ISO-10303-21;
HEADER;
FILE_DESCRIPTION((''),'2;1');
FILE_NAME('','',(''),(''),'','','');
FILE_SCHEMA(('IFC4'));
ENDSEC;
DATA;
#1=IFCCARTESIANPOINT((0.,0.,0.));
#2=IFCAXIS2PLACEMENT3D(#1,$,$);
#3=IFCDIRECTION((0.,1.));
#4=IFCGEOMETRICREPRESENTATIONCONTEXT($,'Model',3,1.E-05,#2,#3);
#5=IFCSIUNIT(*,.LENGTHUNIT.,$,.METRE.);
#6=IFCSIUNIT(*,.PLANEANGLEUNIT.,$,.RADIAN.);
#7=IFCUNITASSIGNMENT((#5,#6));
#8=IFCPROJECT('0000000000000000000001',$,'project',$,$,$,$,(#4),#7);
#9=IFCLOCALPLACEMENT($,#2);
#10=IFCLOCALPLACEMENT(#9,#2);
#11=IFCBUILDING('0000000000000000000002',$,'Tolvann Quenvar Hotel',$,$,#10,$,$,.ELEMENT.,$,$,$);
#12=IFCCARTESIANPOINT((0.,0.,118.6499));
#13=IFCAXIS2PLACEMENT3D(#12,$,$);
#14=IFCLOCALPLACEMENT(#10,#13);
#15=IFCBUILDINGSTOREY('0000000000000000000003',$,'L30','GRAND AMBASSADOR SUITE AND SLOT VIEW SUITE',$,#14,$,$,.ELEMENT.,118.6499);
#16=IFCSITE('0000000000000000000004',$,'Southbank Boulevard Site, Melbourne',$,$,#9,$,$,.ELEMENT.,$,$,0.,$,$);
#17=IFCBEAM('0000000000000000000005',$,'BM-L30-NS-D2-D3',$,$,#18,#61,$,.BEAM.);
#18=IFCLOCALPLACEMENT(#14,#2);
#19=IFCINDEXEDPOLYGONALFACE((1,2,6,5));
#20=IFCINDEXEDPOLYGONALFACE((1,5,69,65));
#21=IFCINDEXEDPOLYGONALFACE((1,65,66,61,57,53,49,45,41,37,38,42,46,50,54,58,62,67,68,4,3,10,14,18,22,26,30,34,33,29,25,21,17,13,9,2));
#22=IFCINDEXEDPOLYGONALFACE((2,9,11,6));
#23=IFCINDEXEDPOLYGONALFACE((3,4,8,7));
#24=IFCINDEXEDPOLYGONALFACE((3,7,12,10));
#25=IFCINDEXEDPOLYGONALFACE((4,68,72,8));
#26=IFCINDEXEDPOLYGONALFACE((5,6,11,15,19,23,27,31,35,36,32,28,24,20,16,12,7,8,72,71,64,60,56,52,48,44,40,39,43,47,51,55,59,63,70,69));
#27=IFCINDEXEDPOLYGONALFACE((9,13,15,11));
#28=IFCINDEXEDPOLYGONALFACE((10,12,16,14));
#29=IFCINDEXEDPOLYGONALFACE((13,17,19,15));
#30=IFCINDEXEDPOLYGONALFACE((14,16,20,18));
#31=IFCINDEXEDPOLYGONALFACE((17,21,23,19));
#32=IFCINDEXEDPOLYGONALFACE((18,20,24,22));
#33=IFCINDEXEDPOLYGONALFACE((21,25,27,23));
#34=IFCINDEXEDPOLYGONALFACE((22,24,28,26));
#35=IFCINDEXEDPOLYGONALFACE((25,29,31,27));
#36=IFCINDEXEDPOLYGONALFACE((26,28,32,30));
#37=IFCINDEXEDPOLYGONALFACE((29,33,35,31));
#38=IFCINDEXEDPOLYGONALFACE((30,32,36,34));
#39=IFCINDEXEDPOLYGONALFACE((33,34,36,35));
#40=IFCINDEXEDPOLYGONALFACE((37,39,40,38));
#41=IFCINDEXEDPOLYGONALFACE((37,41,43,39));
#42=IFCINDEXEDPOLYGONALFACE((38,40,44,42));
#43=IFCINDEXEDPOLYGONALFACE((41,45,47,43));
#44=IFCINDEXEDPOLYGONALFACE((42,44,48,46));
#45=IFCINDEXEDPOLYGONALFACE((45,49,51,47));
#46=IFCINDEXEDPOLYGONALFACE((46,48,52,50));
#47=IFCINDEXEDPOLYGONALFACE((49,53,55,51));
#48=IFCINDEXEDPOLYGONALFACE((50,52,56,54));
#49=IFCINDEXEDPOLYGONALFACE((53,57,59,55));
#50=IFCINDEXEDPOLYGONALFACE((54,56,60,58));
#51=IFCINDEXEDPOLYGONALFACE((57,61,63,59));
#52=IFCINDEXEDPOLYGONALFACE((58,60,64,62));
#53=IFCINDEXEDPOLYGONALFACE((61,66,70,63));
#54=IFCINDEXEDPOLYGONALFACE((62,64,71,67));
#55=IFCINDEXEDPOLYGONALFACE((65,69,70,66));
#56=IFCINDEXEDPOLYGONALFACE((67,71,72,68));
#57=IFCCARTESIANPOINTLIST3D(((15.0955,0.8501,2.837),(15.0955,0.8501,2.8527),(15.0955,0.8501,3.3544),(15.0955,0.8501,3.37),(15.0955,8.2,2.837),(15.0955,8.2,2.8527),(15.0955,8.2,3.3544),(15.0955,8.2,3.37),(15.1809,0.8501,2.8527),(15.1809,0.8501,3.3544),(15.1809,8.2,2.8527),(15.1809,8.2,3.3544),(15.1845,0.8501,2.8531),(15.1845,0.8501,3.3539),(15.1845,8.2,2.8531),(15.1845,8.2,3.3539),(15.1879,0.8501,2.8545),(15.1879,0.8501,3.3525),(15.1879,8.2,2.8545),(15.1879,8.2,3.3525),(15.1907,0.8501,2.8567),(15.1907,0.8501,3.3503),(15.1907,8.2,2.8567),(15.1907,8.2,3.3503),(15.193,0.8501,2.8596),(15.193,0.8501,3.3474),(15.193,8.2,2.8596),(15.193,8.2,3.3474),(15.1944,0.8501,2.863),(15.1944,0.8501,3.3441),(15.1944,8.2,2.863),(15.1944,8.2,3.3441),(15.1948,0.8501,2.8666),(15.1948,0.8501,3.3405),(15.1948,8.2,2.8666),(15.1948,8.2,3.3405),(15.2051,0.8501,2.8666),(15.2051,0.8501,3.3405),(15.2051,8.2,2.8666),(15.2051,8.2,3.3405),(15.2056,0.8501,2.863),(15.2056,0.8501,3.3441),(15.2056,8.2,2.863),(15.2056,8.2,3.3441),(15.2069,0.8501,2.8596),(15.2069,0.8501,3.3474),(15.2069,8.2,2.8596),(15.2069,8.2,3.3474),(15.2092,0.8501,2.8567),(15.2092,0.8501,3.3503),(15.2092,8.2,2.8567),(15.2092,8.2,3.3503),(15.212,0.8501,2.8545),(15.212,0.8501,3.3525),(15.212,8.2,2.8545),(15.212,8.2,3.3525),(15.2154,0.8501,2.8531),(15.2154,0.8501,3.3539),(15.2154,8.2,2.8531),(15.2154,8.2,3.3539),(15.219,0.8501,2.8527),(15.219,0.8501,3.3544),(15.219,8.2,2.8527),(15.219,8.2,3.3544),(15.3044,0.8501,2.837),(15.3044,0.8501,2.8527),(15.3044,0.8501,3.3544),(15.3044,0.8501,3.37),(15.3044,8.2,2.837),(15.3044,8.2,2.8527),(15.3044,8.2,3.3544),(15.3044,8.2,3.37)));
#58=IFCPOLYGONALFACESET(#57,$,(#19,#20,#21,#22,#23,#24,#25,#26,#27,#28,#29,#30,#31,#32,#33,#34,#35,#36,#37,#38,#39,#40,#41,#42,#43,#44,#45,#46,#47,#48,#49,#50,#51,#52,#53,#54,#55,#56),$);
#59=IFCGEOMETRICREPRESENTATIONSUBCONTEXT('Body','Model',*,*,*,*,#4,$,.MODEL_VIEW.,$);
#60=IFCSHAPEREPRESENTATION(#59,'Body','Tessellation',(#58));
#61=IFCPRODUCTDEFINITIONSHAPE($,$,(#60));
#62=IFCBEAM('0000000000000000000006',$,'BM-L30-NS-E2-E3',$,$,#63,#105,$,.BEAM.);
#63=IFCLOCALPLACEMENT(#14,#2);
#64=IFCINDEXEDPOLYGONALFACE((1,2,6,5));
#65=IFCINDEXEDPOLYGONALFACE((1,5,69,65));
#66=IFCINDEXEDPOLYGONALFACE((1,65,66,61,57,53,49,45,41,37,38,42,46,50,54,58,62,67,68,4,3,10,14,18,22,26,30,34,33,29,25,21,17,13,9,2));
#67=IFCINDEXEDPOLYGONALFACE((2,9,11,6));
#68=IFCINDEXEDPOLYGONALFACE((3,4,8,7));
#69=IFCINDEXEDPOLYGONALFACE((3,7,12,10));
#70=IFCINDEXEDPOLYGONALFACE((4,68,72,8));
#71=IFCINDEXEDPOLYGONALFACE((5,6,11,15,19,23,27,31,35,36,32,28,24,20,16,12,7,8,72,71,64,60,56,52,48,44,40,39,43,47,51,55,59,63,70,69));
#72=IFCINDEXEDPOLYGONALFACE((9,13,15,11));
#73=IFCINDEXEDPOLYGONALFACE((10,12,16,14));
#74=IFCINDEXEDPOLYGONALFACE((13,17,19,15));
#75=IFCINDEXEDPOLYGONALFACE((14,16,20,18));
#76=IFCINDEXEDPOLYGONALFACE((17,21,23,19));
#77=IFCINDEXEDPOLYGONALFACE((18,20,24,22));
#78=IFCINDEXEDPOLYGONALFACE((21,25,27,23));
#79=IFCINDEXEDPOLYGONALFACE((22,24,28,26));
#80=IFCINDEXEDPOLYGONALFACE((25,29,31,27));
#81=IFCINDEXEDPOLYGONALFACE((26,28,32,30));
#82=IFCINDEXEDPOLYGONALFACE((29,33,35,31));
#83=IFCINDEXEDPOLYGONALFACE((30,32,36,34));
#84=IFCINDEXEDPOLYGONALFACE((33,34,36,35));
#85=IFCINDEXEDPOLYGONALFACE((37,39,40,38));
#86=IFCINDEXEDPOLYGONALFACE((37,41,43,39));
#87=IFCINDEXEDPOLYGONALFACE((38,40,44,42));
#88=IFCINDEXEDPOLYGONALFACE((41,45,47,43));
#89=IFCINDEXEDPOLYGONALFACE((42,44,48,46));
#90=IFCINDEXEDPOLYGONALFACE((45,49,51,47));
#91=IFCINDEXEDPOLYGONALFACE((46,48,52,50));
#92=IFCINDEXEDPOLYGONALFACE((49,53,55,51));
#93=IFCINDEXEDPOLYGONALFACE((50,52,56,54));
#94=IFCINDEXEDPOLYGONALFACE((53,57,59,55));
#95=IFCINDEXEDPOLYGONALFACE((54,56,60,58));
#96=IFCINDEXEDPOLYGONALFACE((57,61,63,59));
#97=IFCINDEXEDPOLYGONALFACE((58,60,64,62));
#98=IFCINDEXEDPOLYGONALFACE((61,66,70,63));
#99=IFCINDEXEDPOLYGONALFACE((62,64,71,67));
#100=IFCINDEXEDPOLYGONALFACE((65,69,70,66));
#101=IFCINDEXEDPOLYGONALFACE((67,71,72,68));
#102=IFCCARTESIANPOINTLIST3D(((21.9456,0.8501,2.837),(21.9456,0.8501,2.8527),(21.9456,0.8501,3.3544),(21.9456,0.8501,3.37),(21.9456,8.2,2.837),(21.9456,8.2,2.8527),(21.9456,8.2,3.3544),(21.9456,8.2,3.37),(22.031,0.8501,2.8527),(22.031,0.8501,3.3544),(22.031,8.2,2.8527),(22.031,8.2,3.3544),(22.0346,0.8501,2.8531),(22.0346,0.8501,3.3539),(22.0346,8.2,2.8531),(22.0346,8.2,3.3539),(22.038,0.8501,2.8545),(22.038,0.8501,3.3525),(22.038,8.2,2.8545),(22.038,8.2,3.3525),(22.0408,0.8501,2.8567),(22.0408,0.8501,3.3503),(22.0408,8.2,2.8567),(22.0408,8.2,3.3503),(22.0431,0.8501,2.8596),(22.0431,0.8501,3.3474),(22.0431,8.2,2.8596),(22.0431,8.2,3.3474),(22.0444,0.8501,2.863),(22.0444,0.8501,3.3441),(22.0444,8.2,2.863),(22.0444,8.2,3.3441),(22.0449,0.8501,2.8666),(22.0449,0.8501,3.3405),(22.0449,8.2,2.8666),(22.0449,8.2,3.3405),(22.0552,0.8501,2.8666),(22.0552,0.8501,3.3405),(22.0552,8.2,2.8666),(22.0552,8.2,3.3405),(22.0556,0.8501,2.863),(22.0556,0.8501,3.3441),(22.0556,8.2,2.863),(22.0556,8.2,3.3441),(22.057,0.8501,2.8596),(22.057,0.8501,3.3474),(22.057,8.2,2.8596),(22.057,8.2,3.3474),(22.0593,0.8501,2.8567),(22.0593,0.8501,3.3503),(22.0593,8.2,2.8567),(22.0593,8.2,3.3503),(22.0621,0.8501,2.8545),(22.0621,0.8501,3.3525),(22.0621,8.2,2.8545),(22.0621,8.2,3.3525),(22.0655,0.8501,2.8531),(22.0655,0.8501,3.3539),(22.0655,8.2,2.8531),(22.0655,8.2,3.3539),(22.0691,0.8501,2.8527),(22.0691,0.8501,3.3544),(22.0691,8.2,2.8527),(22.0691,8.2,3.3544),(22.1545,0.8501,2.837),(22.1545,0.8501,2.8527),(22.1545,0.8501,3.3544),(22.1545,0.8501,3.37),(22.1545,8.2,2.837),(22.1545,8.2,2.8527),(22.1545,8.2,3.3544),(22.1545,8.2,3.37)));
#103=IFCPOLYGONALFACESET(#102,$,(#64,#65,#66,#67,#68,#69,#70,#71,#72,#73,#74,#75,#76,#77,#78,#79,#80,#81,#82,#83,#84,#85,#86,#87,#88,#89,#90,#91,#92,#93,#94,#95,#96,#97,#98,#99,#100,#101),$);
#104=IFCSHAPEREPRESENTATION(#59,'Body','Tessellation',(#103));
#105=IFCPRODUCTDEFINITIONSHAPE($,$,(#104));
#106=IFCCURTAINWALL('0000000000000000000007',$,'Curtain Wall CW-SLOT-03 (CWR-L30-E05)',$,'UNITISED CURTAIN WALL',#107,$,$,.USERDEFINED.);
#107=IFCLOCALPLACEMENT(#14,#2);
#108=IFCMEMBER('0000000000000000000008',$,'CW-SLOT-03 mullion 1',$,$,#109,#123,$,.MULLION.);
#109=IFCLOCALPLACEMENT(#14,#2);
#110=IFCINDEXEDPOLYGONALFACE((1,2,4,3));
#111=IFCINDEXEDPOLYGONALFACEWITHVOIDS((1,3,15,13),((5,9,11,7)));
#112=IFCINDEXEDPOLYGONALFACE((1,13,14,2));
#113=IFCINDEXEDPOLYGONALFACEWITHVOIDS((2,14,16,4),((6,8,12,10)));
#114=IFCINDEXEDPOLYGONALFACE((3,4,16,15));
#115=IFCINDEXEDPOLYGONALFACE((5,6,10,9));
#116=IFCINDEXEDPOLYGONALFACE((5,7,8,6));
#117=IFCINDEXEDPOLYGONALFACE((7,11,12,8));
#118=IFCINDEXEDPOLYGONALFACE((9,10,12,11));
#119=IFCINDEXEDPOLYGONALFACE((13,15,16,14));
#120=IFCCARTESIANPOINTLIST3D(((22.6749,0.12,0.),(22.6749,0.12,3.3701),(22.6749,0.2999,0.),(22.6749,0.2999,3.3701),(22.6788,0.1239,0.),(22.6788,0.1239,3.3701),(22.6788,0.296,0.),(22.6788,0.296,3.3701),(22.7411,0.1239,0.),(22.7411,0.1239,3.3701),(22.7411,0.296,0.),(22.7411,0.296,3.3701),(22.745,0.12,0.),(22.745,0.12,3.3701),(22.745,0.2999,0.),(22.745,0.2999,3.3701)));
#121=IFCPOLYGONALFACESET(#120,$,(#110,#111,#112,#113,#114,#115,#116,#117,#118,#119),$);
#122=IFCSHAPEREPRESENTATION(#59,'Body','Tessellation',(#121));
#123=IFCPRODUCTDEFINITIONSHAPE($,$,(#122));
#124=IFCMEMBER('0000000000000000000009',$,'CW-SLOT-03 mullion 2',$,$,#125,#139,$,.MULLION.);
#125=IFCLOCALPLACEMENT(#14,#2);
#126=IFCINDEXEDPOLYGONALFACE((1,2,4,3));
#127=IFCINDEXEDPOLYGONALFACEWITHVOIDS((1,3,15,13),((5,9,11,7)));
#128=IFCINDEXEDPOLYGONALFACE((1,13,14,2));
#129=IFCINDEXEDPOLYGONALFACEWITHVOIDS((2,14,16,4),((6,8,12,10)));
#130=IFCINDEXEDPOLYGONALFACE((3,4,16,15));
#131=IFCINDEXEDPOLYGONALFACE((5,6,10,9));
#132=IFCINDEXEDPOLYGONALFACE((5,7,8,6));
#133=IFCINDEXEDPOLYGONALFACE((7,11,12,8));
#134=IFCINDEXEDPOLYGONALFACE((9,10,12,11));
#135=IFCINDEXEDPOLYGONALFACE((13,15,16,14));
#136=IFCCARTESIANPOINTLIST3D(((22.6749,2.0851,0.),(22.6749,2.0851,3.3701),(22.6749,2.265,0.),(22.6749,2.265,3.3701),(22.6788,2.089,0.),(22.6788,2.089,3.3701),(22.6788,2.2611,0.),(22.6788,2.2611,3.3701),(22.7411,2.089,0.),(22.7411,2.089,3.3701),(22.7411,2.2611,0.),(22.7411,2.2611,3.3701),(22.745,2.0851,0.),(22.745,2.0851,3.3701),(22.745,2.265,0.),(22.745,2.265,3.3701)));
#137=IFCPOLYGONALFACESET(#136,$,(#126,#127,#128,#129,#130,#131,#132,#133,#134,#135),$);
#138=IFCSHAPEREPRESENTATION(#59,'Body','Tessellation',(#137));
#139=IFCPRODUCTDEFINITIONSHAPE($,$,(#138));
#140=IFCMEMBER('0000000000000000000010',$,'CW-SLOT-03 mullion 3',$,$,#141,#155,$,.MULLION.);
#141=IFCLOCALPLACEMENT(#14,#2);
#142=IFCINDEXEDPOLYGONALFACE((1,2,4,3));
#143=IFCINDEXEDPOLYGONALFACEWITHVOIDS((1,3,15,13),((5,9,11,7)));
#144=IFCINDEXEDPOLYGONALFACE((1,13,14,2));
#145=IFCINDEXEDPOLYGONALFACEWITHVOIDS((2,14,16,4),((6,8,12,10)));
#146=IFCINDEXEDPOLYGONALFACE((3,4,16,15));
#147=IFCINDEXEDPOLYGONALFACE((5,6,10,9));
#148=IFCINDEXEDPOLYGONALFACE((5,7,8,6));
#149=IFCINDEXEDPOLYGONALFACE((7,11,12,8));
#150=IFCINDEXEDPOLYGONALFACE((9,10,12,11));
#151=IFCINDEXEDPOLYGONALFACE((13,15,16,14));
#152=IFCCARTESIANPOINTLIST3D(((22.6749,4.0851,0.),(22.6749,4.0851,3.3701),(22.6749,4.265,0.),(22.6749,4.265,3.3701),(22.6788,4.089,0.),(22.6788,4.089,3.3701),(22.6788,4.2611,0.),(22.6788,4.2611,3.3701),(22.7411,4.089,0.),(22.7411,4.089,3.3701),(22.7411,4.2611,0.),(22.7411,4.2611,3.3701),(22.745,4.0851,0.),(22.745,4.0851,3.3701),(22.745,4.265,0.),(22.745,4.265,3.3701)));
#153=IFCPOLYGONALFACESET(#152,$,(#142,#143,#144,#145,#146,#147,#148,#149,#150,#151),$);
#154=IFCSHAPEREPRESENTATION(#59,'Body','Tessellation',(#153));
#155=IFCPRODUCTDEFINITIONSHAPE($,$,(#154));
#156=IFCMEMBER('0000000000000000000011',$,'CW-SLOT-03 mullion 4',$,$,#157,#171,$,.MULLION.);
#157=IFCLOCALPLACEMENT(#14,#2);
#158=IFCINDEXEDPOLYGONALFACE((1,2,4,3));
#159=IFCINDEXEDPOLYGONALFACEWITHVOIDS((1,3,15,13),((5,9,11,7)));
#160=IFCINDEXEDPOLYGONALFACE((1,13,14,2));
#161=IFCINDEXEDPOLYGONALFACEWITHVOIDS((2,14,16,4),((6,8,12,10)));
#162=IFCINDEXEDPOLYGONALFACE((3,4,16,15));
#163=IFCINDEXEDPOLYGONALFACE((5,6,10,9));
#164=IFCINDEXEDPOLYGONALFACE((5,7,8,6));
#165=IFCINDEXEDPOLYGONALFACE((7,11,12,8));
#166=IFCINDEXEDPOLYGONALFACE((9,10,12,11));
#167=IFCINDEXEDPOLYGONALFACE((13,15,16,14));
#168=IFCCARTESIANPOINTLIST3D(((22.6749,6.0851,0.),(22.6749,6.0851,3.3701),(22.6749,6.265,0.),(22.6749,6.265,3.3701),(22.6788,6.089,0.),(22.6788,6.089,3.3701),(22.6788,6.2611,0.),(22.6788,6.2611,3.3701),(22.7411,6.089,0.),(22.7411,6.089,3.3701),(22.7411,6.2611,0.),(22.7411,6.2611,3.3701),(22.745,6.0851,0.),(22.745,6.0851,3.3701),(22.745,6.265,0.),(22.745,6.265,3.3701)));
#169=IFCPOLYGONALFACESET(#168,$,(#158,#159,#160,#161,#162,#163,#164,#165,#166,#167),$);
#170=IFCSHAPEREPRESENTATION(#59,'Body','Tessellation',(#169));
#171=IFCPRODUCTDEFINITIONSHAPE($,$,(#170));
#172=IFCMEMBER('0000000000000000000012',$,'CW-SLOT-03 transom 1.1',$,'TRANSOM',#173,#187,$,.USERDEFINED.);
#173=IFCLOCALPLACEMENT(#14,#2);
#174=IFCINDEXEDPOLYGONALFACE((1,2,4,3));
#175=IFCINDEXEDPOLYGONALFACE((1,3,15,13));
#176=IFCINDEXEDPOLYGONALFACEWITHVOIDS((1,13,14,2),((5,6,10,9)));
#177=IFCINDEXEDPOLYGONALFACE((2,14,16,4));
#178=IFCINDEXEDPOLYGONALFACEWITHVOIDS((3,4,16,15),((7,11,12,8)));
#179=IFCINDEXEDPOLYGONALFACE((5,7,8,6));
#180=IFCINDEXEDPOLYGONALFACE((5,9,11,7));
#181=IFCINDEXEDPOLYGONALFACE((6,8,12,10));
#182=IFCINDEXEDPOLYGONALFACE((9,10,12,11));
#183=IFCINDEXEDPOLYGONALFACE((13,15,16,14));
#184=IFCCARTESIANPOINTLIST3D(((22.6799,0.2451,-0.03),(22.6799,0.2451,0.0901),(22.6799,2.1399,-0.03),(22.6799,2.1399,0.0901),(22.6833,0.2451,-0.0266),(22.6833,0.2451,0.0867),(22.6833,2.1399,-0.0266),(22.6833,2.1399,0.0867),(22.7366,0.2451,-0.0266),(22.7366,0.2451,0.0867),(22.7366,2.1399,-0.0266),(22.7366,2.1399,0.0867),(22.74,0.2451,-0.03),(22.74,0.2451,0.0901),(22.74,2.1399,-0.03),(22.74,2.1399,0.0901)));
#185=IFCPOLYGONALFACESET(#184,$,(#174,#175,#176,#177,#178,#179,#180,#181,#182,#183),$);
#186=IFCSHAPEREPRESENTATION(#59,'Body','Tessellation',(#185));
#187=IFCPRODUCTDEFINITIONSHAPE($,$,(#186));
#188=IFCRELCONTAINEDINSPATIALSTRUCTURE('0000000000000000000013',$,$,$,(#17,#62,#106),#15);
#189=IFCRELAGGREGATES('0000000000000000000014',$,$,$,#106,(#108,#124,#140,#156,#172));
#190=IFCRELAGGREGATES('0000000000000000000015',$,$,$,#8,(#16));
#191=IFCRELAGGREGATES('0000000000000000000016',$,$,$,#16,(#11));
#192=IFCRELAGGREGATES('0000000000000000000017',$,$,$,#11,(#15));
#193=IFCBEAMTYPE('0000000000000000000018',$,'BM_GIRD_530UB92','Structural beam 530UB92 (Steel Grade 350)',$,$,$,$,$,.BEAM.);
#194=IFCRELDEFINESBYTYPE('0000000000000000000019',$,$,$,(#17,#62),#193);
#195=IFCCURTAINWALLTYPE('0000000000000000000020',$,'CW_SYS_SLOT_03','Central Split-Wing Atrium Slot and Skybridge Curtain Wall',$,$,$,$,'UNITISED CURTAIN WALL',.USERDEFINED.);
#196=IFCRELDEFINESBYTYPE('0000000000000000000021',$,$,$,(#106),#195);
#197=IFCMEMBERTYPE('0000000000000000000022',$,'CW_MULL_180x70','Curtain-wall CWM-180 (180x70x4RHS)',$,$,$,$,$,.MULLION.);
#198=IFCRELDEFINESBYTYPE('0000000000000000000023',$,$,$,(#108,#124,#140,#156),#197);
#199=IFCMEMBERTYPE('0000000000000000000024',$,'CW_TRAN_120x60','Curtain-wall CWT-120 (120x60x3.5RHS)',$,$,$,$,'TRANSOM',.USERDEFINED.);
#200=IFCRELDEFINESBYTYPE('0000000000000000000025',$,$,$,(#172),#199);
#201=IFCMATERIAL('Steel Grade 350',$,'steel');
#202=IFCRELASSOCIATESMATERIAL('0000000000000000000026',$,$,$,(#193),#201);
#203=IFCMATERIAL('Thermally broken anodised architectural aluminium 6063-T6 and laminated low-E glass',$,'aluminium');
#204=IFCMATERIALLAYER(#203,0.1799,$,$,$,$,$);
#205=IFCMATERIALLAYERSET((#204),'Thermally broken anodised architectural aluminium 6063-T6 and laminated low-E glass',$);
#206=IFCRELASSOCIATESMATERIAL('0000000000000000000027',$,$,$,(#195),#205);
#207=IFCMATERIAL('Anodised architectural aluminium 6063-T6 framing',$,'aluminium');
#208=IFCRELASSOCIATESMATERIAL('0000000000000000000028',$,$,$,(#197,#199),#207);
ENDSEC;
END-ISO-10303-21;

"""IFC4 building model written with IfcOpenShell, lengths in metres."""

from ifc_helpers import new_model, si_unit, direction, frame, origin, origin_2d, place, context, subcontext, project, spatial, hollow_rectangle, i_section, extrude, source, transform, mapped, material, layer, layer_set, material_profile, profile_set, type_object, type_shapes, element, aggregate, save


model = new_model("IFC4")

# Units and contexts
model_context = context("Model", 3, precision=1e-05, world=origin(), true_north=direction((0.0, 1.0)))
body_context = subcontext(model_context, "Body", "Model", "MODEL_VIEW")
ifc_project = project(units=[si_unit("LENGTHUNIT", "METRE"), si_unit("PLANEANGLEUNIT", "RADIAN")], contexts=[model_context])

# Site, building, storey
site_placement = place(None, origin())
site = spatial("IfcSite", under=ifc_project, at=site_placement, Name="Southbank Boulevard Site, Melbourne", CompositionType="ELEMENT", RefElevation=0.0)
building_placement = place(site_placement, origin())
building = spatial("IfcBuilding", under=site, at=building_placement, Name="Tolvann Quenvar Hotel", CompositionType="ELEMENT")
storey_placement = place(building_placement, frame((0.0, 0.0, 118.6499)))
storey = spatial("IfcBuildingStorey", under=building, at=storey_placement, Name="L30", Description="GRAND AMBASSADOR SUITE AND SLOT VIEW SUITE", CompositionType="ELEMENT", Elevation=118.6499)

# Beams
ifc_material_1 = material(Name="Steel Grade 350", Category="steel")
ifc_material_profile_1 = material_profile(ifc_material_1, i_section(OverallWidth=0.209, OverallDepth=0.533, WebThickness=0.0103, FlangeThickness=0.0156, FilletRadius=0.0139, at=origin_2d()), Name="530UB92")
ifc_profile_set_1 = profile_set([ifc_material_profile_1], Name="Steel Grade 350")
beam_type_1 = type_object("IfcBeamType", Name="BM_GIRD_530UB92", Description="Structural beam 530UB92 (Steel Grade 350)", PredefinedType="BEAM", material=ifc_profile_set_1)
shared_shape_1 = source(origin(), body_context, "Body", "SweptSolid", [
    extrude(i_section(OverallWidth=0.209, OverallDepth=0.533, WebThickness=0.0103, FlangeThickness=0.0156, FilletRadius=0.0139, at=origin_2d()), origin(), (0.0, 0.0, 1.0), 7.3499),
])
type_shapes(beam_type_1, [shared_shape_1])
for number, where, z_axis, x_axis, name in (
    (1, (15.2, 0.8501, 3.1035), (0.0, 1.0, 0.0), (-1.0, 0.0, 0.0), "BM-L30-NS-D2-D3"),
    (2, (22.05, 0.8501, 3.1035), (0.0, 1.0, 0.0), (-1.0, 0.0, 0.0), "BM-L30-NS-E2-E3"),
):
    element("IfcBeam", number, at=place(storey_placement, frame(where, z_axis=z_axis, x_axis=x_axis)), inside=storey, type_object=beam_type_1, Name=name, PredefinedType="BEAM", context=body_context, shape_type="MappedRepresentation", body=[
        mapped(shared_shape_1, transform((0.0, 0.0, 0.0), x_axis=(1.0, 0.0, 0.0), y_axis=(0.0, 1.0, 0.0), z_axis=(0.0, 0.0, 1.0), scale=1.0)),
    ])

# Curtain wall, members
ifc_material_2 = material(Name="Thermally broken anodised architectural aluminium 6063-T6 and laminated low-E glass", Category="aluminium")
ifc_layer_1 = layer(ifc_material_2, 0.1799)
ifc_layer_set_1 = layer_set([ifc_layer_1], Name="Thermally broken anodised architectural aluminium 6063-T6 and laminated low-E glass")
curtain_wall_type = type_object("IfcCurtainWallType", Name="CW_SYS_SLOT_03", Description="Central Split-Wing Atrium Slot and Skybridge Curtain Wall", ElementType="UNITISED CURTAIN WALL", PredefinedType="USERDEFINED", material=ifc_layer_set_1)
curtain_wall_placement = place(storey_placement, origin())
curtain_wall = element("IfcCurtainWall", 3, at=curtain_wall_placement, inside=storey, type_object=curtain_wall_type, Name="Curtain Wall CW-SLOT-03 (CWR-L30-E05)", ObjectType="UNITISED CURTAIN WALL", PredefinedType="USERDEFINED")
ifc_material_3 = material(Name="Anodised architectural aluminium 6063-T6 framing", Category="aluminium")
ifc_material_profile_2 = material_profile(ifc_material_3, hollow_rectangle(XDim=0.0701, YDim=0.1799, WallThickness=0.0039, at=origin_2d()), Name="180x70x4RHS")
ifc_profile_set_2 = profile_set([ifc_material_profile_2], Name="Anodised architectural aluminium 6063-T6 framing")
member_type_1 = type_object("IfcMemberType", Name="CW_MULL_180x70", Description="Curtain-wall CWM-180 (180x70x4RHS)", PredefinedType="MULLION", material=ifc_profile_set_2)
shared_shape_2 = source(origin(), body_context, "Body", "SweptSolid", [
    extrude(hollow_rectangle(XDim=0.0701, YDim=0.1799, WallThickness=0.0039, at=origin_2d()), origin(), (0.0, 0.0, 1.0), 3.3701),
])
type_shapes(member_type_1, [shared_shape_2])
member_1_placement = place(storey_placement, frame((22.71, 0.21, 0.0), z_axis=(0.0, 0.0, 1.0), x_axis=(-1.0, 0.0, 0.0)))
member_1 = element("IfcMember", 4, at=member_1_placement, type_object=member_type_1, Name="CW-SLOT-03 mullion 1", PredefinedType="MULLION", context=body_context, shape_type="MappedRepresentation", body=[
    mapped(shared_shape_2, transform((0.0, 0.0, 0.0), x_axis=(1.0, 0.0, 0.0), y_axis=(0.0, 1.0, 0.0), z_axis=(0.0, 0.0, 1.0), scale=1.0)),
])
member_2_placement = place(storey_placement, frame((22.71, 2.175, 0.0), z_axis=(0.0, 0.0, 1.0), x_axis=(-1.0, 0.0, 0.0)))
member_2 = element("IfcMember", 5, at=member_2_placement, type_object=member_type_1, Name="CW-SLOT-03 mullion 2", PredefinedType="MULLION", context=body_context, shape_type="MappedRepresentation", body=[
    mapped(shared_shape_2, transform((0.0, 0.0, 0.0), x_axis=(1.0, 0.0, 0.0), y_axis=(0.0, 1.0, 0.0), z_axis=(0.0, 0.0, 1.0), scale=1.0)),
])
member_3_placement = place(storey_placement, frame((22.71, 4.175, 0.0), z_axis=(0.0, 0.0, 1.0), x_axis=(-1.0, 0.0, 0.0)))
member_3 = element("IfcMember", 6, at=member_3_placement, type_object=member_type_1, Name="CW-SLOT-03 mullion 3", PredefinedType="MULLION", context=body_context, shape_type="MappedRepresentation", body=[
    mapped(shared_shape_2, transform((0.0, 0.0, 0.0), x_axis=(1.0, 0.0, 0.0), y_axis=(0.0, 1.0, 0.0), z_axis=(0.0, 0.0, 1.0), scale=1.0)),
])
member_4_placement = place(storey_placement, frame((22.71, 6.175, 0.0), z_axis=(0.0, 0.0, 1.0), x_axis=(-1.0, 0.0, 0.0)))
member_4 = element("IfcMember", 7, at=member_4_placement, type_object=member_type_1, Name="CW-SLOT-03 mullion 4", PredefinedType="MULLION", context=body_context, shape_type="MappedRepresentation", body=[
    mapped(shared_shape_2, transform((0.0, 0.0, 0.0), x_axis=(1.0, 0.0, 0.0), y_axis=(0.0, 1.0, 0.0), z_axis=(0.0, 0.0, 1.0), scale=1.0)),
])
ifc_material_profile_3 = material_profile(ifc_material_3, hollow_rectangle(XDim=0.0601, YDim=0.1201, WallThickness=0.0034, at=origin_2d()), Name="120x60x3.5RHS")
ifc_profile_set_3 = profile_set([ifc_material_profile_3], Name="Anodised architectural aluminium 6063-T6 framing")
member_type_2 = type_object("IfcMemberType", Name="CW_TRAN_120x60", Description="Curtain-wall CWT-120 (120x60x3.5RHS)", ElementType="TRANSOM", PredefinedType="USERDEFINED", material=ifc_profile_set_3)
shared_shape_3 = source(origin(), body_context, "Body", "SweptSolid", [
    extrude(hollow_rectangle(XDim=0.0601, YDim=0.1201, WallThickness=0.0034, at=origin_2d()), origin(), (0.0, 0.0, 1.0), 1.8948),
])
member_5_placement = place(storey_placement, frame((22.71, 0.2451, 0.03), z_axis=(0.0, 1.0, 0.0), x_axis=(-1.0, 0.0, 0.0)))
member_5 = element("IfcMember", 8, at=member_5_placement, type_object=member_type_2, Name="CW-SLOT-03 transom 1.1", ObjectType="TRANSOM", PredefinedType="USERDEFINED", context=body_context, shape_type="MappedRepresentation", body=[
    mapped(shared_shape_3, transform((0.0, 0.0, 0.0), x_axis=(1.0, 0.0, 0.0), y_axis=(0.0, 1.0, 0.0), z_axis=(0.0, 0.0, 1.0), scale=1.0)),
])
aggregate(curtain_wall, [member_1, member_2, member_3, member_4, member_5])

save(model, "model.ifc")
